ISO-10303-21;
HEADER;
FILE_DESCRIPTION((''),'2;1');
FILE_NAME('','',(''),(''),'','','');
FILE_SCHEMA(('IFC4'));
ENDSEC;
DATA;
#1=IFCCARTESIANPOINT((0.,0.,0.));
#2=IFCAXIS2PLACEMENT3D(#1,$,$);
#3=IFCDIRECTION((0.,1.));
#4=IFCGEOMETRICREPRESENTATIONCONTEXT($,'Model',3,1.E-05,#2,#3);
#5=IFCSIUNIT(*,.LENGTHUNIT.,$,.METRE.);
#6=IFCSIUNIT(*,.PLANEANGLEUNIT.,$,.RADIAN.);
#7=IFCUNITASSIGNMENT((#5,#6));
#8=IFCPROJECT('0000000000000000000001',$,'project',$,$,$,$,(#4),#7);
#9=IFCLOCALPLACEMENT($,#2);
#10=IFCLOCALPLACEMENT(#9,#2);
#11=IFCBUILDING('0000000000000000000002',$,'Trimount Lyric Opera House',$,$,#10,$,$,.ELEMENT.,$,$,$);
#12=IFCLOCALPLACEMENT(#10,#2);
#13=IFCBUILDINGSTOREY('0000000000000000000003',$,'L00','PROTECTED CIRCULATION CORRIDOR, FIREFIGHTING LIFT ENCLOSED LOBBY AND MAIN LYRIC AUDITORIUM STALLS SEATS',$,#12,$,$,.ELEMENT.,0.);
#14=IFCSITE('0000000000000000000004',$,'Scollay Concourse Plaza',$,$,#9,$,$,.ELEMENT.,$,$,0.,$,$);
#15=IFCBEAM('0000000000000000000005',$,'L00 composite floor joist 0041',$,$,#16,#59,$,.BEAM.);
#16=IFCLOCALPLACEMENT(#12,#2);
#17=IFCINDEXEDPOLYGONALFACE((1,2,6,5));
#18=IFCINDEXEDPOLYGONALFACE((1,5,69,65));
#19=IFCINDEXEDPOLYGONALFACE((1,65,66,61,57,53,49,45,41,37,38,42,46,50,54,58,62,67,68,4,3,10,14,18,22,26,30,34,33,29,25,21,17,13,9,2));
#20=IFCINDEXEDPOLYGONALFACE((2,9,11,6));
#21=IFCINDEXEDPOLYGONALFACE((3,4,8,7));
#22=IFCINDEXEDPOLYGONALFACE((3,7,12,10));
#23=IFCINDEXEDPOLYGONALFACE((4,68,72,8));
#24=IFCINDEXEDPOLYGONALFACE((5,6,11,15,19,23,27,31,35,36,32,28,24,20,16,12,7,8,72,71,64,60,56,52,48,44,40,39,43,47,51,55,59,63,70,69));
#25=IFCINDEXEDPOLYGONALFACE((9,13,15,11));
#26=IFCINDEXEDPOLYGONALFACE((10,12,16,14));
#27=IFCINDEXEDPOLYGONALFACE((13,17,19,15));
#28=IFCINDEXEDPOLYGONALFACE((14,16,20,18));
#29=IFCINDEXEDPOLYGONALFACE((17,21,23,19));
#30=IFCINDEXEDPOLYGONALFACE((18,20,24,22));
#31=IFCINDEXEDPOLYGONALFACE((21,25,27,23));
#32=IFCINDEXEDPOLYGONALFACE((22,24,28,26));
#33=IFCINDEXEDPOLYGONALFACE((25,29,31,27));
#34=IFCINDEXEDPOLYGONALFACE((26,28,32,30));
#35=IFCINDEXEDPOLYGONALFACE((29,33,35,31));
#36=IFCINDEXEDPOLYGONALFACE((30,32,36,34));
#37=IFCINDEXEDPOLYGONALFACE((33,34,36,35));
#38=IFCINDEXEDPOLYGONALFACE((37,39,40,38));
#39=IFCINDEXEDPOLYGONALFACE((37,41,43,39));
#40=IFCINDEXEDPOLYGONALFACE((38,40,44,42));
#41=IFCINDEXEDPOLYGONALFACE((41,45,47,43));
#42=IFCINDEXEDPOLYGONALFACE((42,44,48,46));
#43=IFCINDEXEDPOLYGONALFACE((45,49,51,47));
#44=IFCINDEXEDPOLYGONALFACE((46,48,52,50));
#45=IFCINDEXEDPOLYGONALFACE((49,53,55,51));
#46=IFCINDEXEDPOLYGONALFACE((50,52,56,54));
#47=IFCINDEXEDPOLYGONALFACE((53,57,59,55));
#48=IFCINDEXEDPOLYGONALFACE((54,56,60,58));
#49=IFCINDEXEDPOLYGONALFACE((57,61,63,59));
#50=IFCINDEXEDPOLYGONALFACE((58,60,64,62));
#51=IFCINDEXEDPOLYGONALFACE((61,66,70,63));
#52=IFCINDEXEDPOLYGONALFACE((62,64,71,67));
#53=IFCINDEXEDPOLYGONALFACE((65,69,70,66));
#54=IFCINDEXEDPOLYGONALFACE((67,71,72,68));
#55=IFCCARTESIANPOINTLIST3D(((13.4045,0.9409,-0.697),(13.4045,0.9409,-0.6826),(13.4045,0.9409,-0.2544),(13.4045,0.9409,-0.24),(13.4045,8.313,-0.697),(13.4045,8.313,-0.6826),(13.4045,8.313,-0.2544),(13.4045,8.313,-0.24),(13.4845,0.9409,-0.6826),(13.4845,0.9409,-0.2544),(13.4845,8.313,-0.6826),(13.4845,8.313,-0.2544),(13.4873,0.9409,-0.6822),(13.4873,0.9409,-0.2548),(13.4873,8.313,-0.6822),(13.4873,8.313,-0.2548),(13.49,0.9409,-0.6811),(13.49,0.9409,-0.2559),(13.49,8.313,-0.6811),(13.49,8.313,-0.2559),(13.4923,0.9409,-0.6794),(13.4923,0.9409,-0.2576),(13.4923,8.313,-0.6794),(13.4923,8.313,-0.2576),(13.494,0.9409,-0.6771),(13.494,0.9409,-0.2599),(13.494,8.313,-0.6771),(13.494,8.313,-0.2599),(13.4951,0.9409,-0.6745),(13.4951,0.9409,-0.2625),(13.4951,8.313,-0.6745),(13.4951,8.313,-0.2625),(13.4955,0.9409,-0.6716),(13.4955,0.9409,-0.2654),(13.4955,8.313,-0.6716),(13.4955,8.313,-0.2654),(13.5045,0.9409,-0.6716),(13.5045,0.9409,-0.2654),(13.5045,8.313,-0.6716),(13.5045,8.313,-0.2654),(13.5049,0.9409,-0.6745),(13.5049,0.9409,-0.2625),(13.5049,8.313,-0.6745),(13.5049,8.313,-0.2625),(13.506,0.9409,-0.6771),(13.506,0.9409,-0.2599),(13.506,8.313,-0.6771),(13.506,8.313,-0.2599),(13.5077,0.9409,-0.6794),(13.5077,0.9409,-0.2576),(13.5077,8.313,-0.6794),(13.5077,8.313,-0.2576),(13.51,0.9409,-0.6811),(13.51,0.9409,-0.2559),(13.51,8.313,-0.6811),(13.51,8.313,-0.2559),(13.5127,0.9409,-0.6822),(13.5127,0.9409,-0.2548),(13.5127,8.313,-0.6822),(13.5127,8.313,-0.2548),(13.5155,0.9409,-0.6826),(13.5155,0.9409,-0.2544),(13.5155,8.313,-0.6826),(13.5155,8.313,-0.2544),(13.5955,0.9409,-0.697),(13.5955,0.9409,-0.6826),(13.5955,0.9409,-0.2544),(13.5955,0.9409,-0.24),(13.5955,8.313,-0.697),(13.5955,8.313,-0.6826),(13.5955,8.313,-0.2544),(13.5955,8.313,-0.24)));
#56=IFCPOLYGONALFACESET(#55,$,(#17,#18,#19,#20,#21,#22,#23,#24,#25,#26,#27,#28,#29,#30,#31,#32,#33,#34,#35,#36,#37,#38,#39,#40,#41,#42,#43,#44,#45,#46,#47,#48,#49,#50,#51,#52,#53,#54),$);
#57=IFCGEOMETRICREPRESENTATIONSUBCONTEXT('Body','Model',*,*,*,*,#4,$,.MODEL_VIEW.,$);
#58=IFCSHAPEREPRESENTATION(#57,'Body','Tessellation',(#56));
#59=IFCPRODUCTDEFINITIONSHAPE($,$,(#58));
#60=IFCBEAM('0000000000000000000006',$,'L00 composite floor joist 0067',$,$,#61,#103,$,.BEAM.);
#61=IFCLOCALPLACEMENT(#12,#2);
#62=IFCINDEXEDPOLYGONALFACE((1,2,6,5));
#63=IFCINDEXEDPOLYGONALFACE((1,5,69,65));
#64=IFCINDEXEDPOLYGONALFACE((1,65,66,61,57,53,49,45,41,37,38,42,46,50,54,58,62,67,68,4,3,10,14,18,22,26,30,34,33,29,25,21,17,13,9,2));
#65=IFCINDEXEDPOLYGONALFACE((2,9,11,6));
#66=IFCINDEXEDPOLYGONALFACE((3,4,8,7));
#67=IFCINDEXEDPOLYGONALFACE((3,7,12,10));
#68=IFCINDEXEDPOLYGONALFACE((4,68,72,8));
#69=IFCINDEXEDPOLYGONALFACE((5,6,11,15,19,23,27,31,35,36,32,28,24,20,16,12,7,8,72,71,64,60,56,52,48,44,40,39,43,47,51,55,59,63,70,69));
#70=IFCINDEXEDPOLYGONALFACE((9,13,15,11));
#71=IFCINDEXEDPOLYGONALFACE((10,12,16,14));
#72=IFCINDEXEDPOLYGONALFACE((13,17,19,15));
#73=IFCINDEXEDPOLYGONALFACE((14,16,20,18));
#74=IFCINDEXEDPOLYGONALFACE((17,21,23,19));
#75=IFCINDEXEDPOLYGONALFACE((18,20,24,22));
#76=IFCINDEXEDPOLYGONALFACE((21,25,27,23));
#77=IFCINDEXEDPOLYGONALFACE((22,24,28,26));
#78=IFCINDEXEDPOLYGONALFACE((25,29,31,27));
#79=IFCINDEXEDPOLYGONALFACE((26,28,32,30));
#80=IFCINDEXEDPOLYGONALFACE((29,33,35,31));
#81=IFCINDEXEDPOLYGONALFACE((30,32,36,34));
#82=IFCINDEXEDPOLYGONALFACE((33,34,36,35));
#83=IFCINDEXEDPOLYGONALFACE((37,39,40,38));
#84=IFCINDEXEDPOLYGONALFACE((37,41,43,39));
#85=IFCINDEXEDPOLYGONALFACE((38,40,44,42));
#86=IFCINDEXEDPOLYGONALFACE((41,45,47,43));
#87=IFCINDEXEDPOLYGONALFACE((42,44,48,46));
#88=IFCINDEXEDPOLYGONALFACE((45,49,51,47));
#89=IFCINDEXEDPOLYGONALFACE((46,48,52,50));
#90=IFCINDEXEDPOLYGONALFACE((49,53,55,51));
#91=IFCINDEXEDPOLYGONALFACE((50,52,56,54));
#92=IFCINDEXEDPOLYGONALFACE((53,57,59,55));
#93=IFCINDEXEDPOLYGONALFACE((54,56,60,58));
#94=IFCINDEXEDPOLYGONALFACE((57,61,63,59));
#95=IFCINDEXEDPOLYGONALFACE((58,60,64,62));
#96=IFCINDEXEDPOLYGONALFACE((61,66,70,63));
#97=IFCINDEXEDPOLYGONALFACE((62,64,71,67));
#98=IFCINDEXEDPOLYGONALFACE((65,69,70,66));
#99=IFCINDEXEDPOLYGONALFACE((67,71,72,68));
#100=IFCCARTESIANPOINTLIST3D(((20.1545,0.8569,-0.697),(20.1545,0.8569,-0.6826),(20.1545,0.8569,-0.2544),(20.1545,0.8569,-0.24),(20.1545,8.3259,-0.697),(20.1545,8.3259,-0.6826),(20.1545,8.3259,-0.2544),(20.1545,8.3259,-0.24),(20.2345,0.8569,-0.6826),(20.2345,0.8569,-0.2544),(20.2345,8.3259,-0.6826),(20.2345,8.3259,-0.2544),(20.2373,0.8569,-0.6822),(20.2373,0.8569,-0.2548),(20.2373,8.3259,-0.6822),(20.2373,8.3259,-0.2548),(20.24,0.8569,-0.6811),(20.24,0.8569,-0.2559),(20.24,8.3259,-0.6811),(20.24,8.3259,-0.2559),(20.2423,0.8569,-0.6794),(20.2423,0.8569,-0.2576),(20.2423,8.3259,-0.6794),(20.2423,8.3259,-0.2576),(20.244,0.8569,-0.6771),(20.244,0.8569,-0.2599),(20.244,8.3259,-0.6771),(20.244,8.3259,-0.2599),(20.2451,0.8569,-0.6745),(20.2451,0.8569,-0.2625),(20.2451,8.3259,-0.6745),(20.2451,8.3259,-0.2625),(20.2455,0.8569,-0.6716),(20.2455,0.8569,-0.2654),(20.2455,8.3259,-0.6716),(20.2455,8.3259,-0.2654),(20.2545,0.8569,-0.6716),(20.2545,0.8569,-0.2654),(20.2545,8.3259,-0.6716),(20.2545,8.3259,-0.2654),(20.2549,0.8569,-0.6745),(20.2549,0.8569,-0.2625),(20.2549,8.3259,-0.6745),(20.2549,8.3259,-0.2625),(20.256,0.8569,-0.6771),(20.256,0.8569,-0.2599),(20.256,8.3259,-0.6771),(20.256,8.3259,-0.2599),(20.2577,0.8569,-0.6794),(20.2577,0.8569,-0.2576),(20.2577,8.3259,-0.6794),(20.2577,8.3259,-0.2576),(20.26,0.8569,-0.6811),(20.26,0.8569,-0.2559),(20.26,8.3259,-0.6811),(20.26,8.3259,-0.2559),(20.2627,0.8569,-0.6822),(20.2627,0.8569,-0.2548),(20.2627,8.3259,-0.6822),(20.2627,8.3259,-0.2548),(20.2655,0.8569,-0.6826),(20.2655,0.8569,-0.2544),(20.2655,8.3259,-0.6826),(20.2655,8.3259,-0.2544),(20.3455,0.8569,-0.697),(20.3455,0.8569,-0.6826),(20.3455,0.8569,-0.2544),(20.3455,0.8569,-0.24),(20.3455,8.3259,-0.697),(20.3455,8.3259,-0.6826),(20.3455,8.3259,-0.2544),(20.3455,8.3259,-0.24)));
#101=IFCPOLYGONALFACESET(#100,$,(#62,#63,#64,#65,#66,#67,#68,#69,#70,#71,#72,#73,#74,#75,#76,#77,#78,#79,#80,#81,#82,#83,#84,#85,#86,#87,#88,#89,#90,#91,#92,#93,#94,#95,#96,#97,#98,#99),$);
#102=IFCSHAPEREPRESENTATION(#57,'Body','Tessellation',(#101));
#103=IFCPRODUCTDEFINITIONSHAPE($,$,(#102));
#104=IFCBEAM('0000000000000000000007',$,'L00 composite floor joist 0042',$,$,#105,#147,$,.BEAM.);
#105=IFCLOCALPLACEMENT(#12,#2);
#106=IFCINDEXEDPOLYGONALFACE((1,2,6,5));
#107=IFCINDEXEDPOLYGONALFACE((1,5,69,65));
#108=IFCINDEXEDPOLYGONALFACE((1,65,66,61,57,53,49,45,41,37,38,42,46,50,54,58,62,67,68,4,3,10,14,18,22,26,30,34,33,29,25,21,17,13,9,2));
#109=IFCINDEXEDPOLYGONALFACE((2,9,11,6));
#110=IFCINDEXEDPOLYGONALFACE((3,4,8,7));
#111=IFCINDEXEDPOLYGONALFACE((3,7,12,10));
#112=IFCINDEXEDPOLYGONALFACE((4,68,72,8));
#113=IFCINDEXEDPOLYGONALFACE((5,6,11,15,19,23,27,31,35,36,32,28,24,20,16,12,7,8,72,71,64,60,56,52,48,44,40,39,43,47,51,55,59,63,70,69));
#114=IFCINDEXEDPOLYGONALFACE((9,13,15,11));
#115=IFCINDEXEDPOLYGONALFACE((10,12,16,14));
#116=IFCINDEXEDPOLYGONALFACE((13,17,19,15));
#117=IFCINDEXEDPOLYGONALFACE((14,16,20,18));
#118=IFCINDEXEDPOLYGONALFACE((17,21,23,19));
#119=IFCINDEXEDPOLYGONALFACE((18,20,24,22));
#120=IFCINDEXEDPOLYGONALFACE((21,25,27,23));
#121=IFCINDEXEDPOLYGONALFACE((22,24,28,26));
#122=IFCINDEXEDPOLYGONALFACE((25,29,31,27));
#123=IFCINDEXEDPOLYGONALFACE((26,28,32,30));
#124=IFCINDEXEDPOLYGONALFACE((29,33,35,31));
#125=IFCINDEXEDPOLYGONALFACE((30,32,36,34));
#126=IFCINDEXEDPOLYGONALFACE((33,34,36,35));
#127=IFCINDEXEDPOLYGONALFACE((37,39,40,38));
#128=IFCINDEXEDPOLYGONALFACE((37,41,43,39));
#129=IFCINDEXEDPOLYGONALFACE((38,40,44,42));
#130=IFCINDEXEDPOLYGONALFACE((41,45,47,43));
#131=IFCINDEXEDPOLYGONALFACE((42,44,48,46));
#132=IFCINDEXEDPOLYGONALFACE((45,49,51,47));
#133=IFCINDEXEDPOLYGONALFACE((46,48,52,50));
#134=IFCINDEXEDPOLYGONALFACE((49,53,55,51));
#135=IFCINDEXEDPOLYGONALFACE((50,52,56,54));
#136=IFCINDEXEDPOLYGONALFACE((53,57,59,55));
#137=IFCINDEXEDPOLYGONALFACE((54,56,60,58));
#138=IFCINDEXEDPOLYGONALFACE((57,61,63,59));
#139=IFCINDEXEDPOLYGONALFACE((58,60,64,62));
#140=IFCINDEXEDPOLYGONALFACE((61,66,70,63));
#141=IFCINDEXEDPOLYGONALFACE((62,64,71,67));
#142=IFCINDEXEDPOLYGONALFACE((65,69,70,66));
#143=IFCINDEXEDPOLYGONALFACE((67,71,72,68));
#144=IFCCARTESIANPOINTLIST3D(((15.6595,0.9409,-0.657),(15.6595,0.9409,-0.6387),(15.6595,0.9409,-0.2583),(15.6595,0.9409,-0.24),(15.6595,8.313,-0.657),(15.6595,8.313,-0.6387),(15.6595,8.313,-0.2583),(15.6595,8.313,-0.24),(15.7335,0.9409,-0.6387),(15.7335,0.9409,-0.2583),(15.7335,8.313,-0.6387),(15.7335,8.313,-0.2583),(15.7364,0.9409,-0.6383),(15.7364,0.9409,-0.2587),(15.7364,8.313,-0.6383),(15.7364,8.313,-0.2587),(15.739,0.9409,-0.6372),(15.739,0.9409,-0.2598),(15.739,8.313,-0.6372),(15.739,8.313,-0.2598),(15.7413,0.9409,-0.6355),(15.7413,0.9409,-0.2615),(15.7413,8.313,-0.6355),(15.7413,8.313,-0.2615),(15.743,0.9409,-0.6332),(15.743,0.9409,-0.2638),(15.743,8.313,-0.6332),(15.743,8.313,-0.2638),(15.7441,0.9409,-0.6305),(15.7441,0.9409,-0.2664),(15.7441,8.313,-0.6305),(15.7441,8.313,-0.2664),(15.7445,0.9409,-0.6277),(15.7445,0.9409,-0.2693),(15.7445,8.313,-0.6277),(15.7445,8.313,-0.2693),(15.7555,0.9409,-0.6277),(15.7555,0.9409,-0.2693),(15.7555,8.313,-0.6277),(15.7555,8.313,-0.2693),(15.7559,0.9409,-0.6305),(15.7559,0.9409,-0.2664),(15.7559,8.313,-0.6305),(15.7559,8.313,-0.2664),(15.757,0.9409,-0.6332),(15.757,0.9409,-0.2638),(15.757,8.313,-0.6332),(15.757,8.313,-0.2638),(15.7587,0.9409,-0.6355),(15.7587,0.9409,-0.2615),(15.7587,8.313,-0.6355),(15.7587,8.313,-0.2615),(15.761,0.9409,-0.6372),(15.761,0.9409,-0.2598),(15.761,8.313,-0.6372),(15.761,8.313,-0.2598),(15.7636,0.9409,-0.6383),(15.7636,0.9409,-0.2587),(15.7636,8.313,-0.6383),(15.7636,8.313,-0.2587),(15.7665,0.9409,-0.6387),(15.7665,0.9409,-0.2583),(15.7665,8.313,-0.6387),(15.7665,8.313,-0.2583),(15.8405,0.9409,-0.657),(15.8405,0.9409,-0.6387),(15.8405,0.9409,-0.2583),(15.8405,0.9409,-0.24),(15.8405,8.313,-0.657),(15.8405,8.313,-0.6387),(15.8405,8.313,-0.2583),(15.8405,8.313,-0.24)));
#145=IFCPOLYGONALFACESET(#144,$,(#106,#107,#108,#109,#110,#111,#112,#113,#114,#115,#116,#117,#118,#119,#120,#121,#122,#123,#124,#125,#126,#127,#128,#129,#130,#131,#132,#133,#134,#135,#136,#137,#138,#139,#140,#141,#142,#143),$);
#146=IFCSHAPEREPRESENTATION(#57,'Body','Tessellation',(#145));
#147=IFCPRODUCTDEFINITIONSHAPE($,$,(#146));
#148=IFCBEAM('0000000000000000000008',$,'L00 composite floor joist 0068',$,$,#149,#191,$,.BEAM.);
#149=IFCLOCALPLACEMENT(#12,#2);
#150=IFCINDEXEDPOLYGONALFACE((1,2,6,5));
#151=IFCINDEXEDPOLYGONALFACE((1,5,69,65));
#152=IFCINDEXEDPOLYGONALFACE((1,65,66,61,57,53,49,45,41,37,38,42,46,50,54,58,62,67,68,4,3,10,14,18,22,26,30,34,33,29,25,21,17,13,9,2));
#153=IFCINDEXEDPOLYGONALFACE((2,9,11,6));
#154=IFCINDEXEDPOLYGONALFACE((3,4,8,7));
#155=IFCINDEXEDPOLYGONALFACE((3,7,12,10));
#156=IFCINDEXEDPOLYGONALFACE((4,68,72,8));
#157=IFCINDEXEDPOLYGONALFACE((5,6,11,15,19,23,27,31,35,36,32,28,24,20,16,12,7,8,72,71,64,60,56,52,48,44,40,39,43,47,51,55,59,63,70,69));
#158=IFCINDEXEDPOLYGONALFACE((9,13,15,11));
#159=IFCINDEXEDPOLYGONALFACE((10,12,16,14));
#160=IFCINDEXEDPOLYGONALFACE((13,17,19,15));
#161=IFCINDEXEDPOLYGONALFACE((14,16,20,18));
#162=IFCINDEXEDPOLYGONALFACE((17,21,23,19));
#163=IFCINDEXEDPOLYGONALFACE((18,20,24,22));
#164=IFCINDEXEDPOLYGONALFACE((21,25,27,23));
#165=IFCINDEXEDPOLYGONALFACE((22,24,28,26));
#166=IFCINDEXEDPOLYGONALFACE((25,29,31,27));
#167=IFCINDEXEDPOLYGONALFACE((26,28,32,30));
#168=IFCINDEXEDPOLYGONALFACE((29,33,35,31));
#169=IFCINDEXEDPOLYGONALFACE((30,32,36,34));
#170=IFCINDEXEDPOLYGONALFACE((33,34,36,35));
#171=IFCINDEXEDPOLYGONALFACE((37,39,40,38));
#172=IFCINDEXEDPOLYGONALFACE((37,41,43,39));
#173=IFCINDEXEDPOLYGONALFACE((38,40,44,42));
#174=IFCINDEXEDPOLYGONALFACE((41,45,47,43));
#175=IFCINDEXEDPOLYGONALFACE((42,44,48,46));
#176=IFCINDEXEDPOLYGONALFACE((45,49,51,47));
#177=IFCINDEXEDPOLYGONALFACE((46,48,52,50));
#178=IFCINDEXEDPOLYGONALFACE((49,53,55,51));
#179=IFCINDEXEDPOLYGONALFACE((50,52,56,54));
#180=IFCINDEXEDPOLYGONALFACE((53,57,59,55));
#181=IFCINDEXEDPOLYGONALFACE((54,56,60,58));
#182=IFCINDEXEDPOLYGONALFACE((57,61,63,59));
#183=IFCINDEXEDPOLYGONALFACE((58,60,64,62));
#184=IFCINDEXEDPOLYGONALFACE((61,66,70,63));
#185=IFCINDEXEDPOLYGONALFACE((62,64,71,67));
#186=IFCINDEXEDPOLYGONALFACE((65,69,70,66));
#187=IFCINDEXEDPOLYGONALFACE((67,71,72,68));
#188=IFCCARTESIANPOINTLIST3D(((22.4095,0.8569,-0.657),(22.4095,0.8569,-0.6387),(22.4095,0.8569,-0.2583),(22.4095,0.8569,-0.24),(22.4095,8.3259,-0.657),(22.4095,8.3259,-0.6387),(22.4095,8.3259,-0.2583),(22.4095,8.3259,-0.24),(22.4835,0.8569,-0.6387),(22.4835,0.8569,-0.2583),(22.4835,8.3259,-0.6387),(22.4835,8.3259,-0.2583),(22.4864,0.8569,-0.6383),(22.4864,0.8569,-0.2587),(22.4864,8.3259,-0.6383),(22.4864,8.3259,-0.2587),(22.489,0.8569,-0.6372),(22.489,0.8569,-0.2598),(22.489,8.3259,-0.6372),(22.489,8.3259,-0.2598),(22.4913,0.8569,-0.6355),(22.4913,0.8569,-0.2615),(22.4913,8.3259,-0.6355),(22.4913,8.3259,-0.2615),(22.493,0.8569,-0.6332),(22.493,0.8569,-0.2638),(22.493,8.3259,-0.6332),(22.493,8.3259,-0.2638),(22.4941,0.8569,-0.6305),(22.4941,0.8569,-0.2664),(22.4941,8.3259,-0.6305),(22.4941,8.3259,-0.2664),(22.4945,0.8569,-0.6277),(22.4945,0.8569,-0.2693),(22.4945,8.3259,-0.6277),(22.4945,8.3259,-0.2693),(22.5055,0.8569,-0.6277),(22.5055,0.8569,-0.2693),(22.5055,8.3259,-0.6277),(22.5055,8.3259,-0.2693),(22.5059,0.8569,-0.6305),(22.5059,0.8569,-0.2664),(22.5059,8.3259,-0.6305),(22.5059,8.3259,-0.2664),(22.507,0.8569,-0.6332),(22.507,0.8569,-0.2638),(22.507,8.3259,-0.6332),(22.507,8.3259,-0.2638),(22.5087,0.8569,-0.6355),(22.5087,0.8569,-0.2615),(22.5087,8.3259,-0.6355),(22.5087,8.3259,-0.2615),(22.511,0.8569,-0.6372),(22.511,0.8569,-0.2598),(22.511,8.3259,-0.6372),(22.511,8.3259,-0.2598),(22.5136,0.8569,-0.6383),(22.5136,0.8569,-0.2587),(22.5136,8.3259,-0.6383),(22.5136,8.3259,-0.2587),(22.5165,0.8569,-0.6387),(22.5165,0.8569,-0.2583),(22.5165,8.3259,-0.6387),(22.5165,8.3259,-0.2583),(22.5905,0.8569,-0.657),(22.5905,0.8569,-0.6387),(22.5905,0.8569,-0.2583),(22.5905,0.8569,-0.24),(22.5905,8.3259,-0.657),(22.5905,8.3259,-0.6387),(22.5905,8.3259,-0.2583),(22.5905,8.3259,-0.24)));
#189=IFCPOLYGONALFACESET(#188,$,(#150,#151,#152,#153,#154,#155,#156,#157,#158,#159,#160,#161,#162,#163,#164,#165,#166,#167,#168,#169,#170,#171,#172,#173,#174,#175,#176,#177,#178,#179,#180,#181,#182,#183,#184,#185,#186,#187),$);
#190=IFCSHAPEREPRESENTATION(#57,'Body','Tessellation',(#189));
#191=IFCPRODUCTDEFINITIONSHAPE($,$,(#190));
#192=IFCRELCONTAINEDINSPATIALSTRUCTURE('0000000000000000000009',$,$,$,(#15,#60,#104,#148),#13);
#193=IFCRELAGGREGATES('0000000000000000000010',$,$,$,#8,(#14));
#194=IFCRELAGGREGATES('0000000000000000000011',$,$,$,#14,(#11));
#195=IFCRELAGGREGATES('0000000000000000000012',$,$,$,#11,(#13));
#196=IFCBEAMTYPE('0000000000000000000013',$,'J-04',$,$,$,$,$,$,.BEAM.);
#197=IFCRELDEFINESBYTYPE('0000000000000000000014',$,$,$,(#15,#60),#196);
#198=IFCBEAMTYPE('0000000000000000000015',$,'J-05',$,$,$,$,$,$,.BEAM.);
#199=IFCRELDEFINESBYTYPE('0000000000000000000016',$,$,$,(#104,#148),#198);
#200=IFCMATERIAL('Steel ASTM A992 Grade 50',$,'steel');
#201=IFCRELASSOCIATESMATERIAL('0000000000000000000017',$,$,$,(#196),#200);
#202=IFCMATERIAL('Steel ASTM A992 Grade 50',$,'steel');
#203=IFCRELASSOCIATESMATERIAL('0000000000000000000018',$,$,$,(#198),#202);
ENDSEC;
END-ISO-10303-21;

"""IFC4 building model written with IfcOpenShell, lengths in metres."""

from ifc_helpers import new_model, si_unit, direction, frame, origin, origin_2d, place, context, subcontext, project, spatial, i_section, extrude, material, material_profile, profile_set, type_object, element, save


model = new_model("IFC4")

# Units and contexts
model_context = context("Model", 3, precision=1e-05, world=origin(), true_north=direction((0.0, 1.0)))
body_context = subcontext(model_context, "Body", "Model", "MODEL_VIEW")
ifc_project = project(units=[si_unit("LENGTHUNIT", "METRE"), si_unit("PLANEANGLEUNIT", "RADIAN")], contexts=[model_context])

# Site, building, storey
site_placement = place(None, origin())
site = spatial("IfcSite", under=ifc_project, at=site_placement, Name="Scollay Concourse Plaza", CompositionType="ELEMENT", RefElevation=0.0)
building_placement = place(site_placement, origin())
building = spatial("IfcBuilding", under=site, at=building_placement, Name="Trimount Lyric Opera House", CompositionType="ELEMENT")
storey_placement = place(building_placement, origin())
storey = spatial("IfcBuildingStorey", under=building, at=storey_placement, Name="L00", Description="PROTECTED CIRCULATION CORRIDOR, FIREFIGHTING LIFT ENCLOSED LOBBY AND MAIN LYRIC AUDITORIUM STALLS SEATS", CompositionType="ELEMENT", Elevation=0.0)

# Beams
ifc_material_1 = material(Name="Steel ASTM A992 Grade 50", Category="steel")
ifc_material_profile_1 = material_profile(ifc_material_1, i_section(OverallWidth=0.1909, OverallDepth=0.457, WebThickness=0.009, FlangeThickness=0.0144, FilletRadius=0.011, at=origin_2d()), Name="W18X50")
ifc_profile_set_1 = profile_set([ifc_material_profile_1], Name="Steel ASTM A992 Grade 50")
beam_type_1 = type_object("IfcBeamType", Name="J-04", PredefinedType="BEAM", material=ifc_profile_set_1)
beam_1_placement = place(storey_placement, frame((13.5, 0.9409, -0.4685), z_axis=(0.0, 1.0, 0.0), x_axis=(-1.0, 0.0, 0.0)))
element("IfcBeam", 1, at=beam_1_placement, inside=storey, type_object=beam_type_1, Name="L00 composite floor joist 0041", PredefinedType="BEAM", context=body_context, shape_type="SweptSolid", body=[
    extrude(i_section(OverallWidth=0.1909, OverallDepth=0.457, WebThickness=0.009, FlangeThickness=0.0144, FilletRadius=0.011, at=origin_2d()), origin(), (0.0, 0.0, 1.0), 7.3721),
])
beam_2_placement = place(storey_placement, frame((20.25, 0.8569, -0.4685), z_axis=(0.0, 1.0, 0.0), x_axis=(-1.0, 0.0, 0.0)))
element("IfcBeam", 2, at=beam_2_placement, inside=storey, type_object=beam_type_1, Name="L00 composite floor joist 0067", PredefinedType="BEAM", context=body_context, shape_type="SweptSolid", body=[
    extrude(i_section(OverallWidth=0.1909, OverallDepth=0.457, WebThickness=0.009, FlangeThickness=0.0144, FilletRadius=0.011, at=origin_2d()), origin(), (0.0, 0.0, 1.0), 7.469),
])
ifc_material_2 = material(Name="Steel ASTM A992 Grade 50", Category="steel")
ifc_material_profile_2 = material_profile(ifc_material_2, i_section(OverallWidth=0.1809, OverallDepth=0.417, WebThickness=0.011, FlangeThickness=0.0183, FilletRadius=0.011, at=origin_2d()), Name="W16X57")
ifc_profile_set_2 = profile_set([ifc_material_profile_2], Name="Steel ASTM A992 Grade 50")
beam_type_2 = type_object("IfcBeamType", Name="J-05", PredefinedType="BEAM", material=ifc_profile_set_2)
beam_3_placement = place(storey_placement, frame((15.75, 0.9409, -0.4485), z_axis=(0.0, 1.0, 0.0), x_axis=(-1.0, 0.0, 0.0)))
element("IfcBeam", 3, at=beam_3_placement, inside=storey, type_object=beam_type_2, Name="L00 composite floor joist 0042", PredefinedType="BEAM", context=body_context, shape_type="SweptSolid", body=[
    extrude(i_section(OverallWidth=0.1809, OverallDepth=0.417, WebThickness=0.011, FlangeThickness=0.0183, FilletRadius=0.011, at=origin_2d()), origin(), (0.0, 0.0, 1.0), 7.3721),
])
beam_4_placement = place(storey_placement, frame((22.5, 0.8569, -0.4485), z_axis=(0.0, 1.0, 0.0), x_axis=(-1.0, 0.0, 0.0)))
element("IfcBeam", 4, at=beam_4_placement, inside=storey, type_object=beam_type_2, Name="L00 composite floor joist 0068", PredefinedType="BEAM", context=body_context, shape_type="SweptSolid", body=[
    extrude(i_section(OverallWidth=0.1809, OverallDepth=0.417, WebThickness=0.011, FlangeThickness=0.0183, FilletRadius=0.011, at=origin_2d()), origin(), (0.0, 0.0, 1.0), 7.469),
])

save(model, "model.ifc")
